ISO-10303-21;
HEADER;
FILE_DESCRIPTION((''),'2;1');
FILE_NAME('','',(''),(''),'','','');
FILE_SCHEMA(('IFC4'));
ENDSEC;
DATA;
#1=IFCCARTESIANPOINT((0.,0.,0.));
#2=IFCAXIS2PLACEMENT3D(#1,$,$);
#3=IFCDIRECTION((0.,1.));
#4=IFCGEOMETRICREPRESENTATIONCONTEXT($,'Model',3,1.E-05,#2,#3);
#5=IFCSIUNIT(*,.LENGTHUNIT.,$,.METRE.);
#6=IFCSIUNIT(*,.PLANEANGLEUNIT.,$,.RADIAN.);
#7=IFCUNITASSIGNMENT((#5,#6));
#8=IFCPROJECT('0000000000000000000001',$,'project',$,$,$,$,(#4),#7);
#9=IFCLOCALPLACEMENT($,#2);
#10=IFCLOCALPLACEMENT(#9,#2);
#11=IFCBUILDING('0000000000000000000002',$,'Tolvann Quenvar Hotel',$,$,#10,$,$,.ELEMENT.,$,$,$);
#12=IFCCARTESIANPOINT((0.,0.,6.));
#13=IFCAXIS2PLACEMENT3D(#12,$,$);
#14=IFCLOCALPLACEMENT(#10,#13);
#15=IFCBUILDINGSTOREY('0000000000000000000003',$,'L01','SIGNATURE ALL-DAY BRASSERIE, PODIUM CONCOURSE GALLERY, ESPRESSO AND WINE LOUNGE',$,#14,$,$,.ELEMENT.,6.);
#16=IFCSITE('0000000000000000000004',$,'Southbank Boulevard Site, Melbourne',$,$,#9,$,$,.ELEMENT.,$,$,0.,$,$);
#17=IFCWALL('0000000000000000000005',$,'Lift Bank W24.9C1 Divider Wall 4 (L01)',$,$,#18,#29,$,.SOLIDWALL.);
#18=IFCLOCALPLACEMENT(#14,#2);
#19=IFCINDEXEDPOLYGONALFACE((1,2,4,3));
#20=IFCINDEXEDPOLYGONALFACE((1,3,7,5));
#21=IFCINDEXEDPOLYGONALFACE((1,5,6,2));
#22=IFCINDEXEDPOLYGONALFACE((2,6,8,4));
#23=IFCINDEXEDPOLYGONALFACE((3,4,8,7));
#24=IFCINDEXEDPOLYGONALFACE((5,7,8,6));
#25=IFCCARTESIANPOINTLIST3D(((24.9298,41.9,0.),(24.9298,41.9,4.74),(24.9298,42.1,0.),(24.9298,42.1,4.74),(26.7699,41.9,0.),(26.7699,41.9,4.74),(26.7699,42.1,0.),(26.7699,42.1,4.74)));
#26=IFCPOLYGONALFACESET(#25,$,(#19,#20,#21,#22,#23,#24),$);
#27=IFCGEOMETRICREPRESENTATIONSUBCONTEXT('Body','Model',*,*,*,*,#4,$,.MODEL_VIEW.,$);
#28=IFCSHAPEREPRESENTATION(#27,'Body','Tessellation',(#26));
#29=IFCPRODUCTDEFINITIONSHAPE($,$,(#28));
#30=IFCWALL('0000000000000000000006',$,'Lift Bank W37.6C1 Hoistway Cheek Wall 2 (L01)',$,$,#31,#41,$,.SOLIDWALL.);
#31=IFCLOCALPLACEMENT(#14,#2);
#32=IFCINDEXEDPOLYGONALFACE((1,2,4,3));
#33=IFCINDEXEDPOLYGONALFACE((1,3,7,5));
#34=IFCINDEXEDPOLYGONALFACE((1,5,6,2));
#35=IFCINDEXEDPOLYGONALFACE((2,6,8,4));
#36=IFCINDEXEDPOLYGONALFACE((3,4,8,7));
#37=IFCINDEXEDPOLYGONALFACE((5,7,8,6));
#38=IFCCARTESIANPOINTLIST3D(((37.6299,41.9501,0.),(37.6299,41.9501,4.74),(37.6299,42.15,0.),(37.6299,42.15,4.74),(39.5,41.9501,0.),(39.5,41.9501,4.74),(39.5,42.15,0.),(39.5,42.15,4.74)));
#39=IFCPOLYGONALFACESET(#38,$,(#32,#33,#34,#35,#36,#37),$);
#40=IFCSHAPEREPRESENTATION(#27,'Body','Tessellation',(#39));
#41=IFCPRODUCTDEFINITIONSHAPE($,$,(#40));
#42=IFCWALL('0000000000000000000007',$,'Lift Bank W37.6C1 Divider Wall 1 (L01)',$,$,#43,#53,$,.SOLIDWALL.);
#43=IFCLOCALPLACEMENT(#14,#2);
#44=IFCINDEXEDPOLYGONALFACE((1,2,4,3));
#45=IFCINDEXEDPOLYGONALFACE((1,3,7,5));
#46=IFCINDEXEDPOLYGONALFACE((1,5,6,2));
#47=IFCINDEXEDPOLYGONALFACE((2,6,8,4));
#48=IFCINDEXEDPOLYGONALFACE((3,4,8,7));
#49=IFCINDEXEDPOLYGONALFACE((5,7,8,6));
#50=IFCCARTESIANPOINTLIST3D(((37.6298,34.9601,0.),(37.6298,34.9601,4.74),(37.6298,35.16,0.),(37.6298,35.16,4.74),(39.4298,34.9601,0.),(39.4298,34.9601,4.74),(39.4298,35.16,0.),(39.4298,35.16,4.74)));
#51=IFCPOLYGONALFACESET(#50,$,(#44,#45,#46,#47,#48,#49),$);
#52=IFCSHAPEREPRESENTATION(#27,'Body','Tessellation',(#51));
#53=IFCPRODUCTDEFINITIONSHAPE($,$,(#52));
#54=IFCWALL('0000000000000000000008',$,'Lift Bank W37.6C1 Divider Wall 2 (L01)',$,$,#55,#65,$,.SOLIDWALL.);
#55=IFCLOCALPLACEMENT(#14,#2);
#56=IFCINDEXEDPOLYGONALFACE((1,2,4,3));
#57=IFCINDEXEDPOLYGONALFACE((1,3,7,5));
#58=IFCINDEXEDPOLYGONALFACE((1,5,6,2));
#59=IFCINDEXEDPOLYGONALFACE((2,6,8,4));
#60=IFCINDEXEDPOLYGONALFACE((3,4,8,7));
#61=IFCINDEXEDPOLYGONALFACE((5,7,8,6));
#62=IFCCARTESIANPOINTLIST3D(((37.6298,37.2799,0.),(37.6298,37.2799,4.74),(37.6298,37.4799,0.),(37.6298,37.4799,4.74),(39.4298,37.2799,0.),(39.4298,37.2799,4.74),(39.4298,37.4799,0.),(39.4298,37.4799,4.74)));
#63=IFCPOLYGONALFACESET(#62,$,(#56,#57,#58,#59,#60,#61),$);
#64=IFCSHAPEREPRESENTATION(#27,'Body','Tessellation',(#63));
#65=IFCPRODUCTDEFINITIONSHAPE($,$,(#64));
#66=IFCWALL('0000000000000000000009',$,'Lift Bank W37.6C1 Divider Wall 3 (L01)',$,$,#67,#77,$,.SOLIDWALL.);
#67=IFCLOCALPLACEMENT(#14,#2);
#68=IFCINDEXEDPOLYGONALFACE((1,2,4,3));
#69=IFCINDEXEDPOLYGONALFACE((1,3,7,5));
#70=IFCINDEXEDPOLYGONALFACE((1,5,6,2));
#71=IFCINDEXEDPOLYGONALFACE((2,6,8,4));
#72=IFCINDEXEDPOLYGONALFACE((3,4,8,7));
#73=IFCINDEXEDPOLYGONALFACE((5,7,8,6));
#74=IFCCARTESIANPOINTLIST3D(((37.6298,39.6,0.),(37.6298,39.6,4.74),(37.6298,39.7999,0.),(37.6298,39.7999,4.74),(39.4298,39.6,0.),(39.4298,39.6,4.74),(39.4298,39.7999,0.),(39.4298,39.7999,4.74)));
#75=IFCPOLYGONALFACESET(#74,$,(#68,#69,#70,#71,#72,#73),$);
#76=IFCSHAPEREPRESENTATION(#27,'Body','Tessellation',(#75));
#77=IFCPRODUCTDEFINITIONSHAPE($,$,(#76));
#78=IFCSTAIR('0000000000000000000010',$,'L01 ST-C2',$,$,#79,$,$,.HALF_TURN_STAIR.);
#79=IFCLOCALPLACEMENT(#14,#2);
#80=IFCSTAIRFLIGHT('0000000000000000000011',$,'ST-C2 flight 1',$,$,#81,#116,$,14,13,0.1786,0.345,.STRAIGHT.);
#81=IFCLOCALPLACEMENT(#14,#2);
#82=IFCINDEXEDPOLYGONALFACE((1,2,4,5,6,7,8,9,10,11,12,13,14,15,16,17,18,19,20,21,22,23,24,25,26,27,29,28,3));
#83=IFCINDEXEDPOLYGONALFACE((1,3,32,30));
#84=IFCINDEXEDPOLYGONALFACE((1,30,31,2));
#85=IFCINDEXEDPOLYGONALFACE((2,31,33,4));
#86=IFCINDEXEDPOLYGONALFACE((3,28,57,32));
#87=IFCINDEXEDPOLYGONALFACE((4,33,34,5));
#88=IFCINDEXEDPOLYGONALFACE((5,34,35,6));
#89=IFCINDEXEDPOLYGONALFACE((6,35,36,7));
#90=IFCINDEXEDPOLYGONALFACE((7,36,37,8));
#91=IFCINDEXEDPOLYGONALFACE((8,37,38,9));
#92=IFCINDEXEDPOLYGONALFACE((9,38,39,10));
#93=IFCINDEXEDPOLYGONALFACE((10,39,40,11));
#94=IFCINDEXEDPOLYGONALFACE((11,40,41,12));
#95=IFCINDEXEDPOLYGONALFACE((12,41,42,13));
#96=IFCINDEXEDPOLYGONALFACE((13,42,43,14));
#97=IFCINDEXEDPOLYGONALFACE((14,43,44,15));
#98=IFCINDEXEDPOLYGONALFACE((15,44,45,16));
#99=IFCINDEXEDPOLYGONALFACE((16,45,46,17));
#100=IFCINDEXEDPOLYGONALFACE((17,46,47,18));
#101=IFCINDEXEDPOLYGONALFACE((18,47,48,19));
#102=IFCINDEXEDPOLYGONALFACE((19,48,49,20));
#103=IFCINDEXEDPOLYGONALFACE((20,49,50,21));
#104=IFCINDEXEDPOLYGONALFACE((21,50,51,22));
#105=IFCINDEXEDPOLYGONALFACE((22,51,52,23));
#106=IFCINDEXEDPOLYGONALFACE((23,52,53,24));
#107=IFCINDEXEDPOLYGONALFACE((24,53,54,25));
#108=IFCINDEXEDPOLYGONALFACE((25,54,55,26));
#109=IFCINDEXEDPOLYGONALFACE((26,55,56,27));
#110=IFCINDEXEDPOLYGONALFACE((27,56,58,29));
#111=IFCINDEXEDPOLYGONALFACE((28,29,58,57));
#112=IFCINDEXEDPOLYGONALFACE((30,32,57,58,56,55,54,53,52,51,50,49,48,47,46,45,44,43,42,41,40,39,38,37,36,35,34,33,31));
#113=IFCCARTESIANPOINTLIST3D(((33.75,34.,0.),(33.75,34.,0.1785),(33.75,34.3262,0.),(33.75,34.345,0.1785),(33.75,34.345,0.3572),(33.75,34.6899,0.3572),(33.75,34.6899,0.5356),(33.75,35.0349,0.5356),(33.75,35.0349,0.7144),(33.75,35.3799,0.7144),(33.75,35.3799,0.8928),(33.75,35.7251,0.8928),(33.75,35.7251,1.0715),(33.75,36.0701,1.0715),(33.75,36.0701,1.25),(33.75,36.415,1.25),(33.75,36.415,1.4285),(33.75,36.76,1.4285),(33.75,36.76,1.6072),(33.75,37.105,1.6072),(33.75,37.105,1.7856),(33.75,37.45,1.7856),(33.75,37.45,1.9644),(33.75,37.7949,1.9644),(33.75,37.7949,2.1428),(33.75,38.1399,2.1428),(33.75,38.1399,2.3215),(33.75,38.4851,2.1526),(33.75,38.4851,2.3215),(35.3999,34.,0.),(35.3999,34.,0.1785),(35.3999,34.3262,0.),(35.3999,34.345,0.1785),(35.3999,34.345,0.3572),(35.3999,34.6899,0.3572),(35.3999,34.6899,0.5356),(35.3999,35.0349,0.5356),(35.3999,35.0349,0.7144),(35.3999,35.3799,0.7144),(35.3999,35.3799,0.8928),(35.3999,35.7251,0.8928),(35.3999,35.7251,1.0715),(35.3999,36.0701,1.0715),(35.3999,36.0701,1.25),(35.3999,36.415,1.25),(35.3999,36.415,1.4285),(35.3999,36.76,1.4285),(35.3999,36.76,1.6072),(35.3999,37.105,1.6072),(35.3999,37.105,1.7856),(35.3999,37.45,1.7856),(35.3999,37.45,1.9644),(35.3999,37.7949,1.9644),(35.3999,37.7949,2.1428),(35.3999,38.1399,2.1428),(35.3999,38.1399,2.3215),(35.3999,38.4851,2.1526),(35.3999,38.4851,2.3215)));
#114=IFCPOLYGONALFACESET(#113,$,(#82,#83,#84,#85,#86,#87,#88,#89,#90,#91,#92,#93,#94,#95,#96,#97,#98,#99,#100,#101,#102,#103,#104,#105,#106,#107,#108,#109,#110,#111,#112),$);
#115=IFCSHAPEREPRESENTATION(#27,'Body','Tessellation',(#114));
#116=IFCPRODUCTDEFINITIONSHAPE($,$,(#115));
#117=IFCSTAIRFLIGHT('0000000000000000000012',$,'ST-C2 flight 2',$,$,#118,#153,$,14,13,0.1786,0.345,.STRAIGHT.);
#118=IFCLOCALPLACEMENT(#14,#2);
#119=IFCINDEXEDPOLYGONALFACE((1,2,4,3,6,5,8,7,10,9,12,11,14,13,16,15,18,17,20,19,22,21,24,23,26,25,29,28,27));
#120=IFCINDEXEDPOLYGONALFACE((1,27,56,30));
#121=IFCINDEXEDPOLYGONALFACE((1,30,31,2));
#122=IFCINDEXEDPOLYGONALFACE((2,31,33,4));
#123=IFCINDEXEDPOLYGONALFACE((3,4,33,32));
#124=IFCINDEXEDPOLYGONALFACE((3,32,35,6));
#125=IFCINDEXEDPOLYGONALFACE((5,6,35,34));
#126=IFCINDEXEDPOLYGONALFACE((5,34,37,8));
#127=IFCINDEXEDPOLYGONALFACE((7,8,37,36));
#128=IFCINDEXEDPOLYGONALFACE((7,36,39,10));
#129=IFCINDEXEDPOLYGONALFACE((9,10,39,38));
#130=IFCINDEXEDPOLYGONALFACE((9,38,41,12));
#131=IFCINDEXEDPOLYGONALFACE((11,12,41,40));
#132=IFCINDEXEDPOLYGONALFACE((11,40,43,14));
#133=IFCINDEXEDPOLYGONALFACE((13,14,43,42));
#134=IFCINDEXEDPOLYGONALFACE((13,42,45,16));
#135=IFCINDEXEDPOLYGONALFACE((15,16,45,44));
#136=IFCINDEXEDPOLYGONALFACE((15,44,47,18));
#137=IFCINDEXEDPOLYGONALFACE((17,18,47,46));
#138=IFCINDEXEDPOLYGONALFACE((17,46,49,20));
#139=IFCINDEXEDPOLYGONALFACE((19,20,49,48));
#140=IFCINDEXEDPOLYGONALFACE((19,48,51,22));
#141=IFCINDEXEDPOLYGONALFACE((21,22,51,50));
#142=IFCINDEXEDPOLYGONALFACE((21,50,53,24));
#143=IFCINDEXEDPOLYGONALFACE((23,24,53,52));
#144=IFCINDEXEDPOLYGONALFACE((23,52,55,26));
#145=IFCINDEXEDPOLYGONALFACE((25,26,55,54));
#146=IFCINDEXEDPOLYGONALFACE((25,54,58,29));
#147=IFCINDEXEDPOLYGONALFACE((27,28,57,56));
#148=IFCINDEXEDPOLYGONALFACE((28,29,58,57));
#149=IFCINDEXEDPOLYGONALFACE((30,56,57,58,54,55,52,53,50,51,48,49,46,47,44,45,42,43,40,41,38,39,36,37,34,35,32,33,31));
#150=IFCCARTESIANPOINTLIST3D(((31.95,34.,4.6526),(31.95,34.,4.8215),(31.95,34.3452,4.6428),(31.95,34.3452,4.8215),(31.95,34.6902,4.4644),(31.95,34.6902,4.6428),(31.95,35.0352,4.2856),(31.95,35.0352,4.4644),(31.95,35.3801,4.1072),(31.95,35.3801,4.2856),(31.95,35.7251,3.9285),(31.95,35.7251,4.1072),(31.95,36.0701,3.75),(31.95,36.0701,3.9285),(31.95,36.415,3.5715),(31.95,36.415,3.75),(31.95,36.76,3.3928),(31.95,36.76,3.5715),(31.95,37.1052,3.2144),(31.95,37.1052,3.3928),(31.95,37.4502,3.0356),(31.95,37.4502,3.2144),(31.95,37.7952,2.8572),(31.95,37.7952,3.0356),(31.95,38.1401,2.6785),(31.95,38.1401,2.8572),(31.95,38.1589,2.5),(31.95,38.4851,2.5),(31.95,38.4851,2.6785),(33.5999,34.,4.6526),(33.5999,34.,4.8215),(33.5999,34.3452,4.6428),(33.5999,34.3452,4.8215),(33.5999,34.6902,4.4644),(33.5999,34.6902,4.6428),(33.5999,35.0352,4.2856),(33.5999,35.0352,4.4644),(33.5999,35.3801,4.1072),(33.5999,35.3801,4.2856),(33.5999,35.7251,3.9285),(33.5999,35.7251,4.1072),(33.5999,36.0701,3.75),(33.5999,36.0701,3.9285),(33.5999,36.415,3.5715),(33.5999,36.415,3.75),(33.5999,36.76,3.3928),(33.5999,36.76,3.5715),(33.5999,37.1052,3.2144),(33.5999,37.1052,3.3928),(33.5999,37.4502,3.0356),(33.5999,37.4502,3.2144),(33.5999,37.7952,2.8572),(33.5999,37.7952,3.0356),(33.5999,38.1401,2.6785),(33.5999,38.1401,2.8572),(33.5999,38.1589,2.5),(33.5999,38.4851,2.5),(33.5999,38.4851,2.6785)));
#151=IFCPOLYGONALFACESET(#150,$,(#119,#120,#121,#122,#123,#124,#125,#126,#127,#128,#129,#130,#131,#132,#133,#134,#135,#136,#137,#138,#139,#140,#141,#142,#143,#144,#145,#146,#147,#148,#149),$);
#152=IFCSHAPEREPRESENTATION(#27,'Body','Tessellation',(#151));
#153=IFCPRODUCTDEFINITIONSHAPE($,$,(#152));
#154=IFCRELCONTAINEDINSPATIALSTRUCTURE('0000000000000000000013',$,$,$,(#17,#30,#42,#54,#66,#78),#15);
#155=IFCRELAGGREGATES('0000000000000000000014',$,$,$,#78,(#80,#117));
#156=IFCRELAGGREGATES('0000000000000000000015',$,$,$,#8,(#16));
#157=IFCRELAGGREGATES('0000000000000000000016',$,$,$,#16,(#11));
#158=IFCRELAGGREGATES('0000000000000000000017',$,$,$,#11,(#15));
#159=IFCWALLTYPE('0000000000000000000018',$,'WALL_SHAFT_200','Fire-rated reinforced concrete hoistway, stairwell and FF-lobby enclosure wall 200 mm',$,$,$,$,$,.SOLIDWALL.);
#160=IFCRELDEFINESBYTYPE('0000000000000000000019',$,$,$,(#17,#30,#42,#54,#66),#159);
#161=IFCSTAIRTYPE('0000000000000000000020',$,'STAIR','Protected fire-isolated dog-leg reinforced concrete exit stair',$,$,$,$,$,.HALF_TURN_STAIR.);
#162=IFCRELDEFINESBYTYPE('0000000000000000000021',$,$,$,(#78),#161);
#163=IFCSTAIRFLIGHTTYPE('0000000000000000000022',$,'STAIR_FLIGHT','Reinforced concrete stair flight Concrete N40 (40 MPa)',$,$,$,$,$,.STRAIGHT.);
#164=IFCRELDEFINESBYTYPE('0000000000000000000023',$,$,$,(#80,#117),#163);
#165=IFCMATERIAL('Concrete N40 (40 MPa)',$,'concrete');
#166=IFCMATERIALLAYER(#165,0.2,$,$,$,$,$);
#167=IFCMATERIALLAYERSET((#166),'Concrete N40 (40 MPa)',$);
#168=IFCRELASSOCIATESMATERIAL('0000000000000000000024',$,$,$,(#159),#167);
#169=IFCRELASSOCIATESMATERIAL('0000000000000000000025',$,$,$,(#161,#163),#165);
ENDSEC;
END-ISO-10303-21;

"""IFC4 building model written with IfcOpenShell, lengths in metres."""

from ifc_helpers import new_model, si_unit, direction, frame, frame_2d, origin, place, context, subcontext, project, spatial, polyline, rectangle, outline, extrude, material, layer, layer_set, type_object, element, aggregate, save


model = new_model("IFC4")

# Units and contexts
model_context = context("Model", 3, precision=1e-05, world=origin(), true_north=direction((0.0, 1.0)))
body_context = subcontext(model_context, "Body", "Model", "MODEL_VIEW")
ifc_project = project(units=[si_unit("LENGTHUNIT", "METRE"), si_unit("PLANEANGLEUNIT", "RADIAN")], contexts=[model_context])

# Site, building, storey
site_placement = place(None, origin())
site = spatial("IfcSite", under=ifc_project, at=site_placement, Name="Southbank Boulevard Site, Melbourne", CompositionType="ELEMENT", RefElevation=0.0)
building_placement = place(site_placement, origin())
building = spatial("IfcBuilding", under=site, at=building_placement, Name="Tolvann Quenvar Hotel", CompositionType="ELEMENT")
storey_placement = place(building_placement, frame((0.0, 0.0, 6.0)))
storey = spatial("IfcBuildingStorey", under=building, at=storey_placement, Name="L01", Description="SIGNATURE ALL-DAY BRASSERIE, PODIUM CONCOURSE GALLERY, ESPRESSO AND WINE LOUNGE", CompositionType="ELEMENT", Elevation=6.0)

# Shared definitions
ifc_material_1 = material(Name="Concrete N40 (40 MPa)", Category="concrete")
ifc_layer_1 = layer(ifc_material_1, 0.2)
ifc_layer_set_1 = layer_set([ifc_layer_1], Name="Concrete N40 (40 MPa)")
wall_type_1 = type_object("IfcWallType", Name="WALL_SHAFT_200", Description="Fire-rated reinforced concrete hoistway, stairwell and FF-lobby enclosure wall 200 mm", PredefinedType="SOLIDWALL", material=ifc_layer_set_1)

# Walls
for number, where, z_axis, x_axis, name in (
    (1, (24.9299, 42.0, 0.0), (0.0, 0.0, 1.0), (1.0, 0.0, 0.0), "Lift Bank W24.9C1 Divider Wall 4 (L01)"),
):
    element("IfcWall", number, at=place(storey_placement, frame(where, z_axis=z_axis, x_axis=x_axis)), inside=storey, type_object=wall_type_1, Name=name, PredefinedType="SOLIDWALL", context=body_context, shape_type="SweptSolid", body=[
        extrude(rectangle(XDim=1.8401, YDim=0.2, at=frame_2d((0.9199, 0.0))), origin(), (0.0, 0.0, 1.0), 4.74),
    ])
wall_1_placement = place(storey_placement, frame((37.6299, 42.05, 0.0), z_axis=(0.0, 0.0, 1.0), x_axis=(1.0, 0.0, 0.0)))
element("IfcWall", 2, at=wall_1_placement, inside=storey, type_object=wall_type_1, Name="Lift Bank W37.6C1 Hoistway Cheek Wall 2 (L01)", PredefinedType="SOLIDWALL", context=body_context, shape_type="SweptSolid", body=[
    extrude(rectangle(XDim=1.8701, YDim=0.2, at=frame_2d((0.9351, 0.0))), origin(), (0.0, 0.0, 1.0), 4.74),
])
for number, where, z_axis, x_axis, name in (
    (3, (37.6299, 35.0601, 0.0), (0.0, 0.0, 1.0), (1.0, 0.0, 0.0), "Lift Bank W37.6C1 Divider Wall 1 (L01)"),
    (4, (37.6299, 37.3799, 0.0), (0.0, 0.0, 1.0), (1.0, 0.0, 0.0), "Lift Bank W37.6C1 Divider Wall 2 (L01)"),
    (5, (37.6299, 39.7, 0.0), (0.0, 0.0, 1.0), (1.0, 0.0, 0.0), "Lift Bank W37.6C1 Divider Wall 3 (L01)"),
):
    element("IfcWall", number, at=place(storey_placement, frame(where, z_axis=z_axis, x_axis=x_axis)), inside=storey, type_object=wall_type_1, Name=name, PredefinedType="SOLIDWALL", context=body_context, shape_type="SweptSolid", body=[
        extrude(rectangle(XDim=1.8, YDim=0.2, at=frame_2d((0.8999, 0.0))), origin(), (0.0, 0.0, 1.0), 4.74),
    ])

# Stair, stair flights
stair_type = type_object("IfcStairType", Name="STAIR", Description="Protected fire-isolated dog-leg reinforced concrete exit stair", PredefinedType="HALF_TURN_STAIR", material=ifc_material_1)
stair_placement = place(storey_placement, origin())
stair = element("IfcStair", 6, at=stair_placement, inside=storey, type_object=stair_type, Name="L01 ST-C2", PredefinedType="HALF_TURN_STAIR")
stair_flight_type = type_object("IfcStairFlightType", Name="STAIR_FLIGHT", Description="Reinforced concrete stair flight Concrete N40 (40 MPa)", PredefinedType="STRAIGHT", material=ifc_material_1)
stair_flight_1_placement = place(storey_placement, frame((34.575, 34.0, 0.0), z_axis=(0.0, 0.0, 1.0), x_axis=(0.0, 1.0, 0.0)))
stair_flight_1 = element("IfcStairFlight", 7, at=stair_flight_1_placement, type_object=stair_flight_type, Name="ST-C2 flight 1", NumberOfRisers=14, NumberOfTreads=13, PredefinedType="STRAIGHT", RiserHeight=0.1786, TreadLength=0.345, context=body_context, shape_type="SweptSolid", body=[
    extrude(outline(polyline([(0.0, 0.0), (0.0, 0.1785), (0.345, 0.1785), (0.345, 0.3572), (0.6899, 0.3572), (0.6899, 0.5356), (1.0349, 0.5356), (1.0349, 0.7144), (1.3799, 0.7144), (1.3799, 0.8928), (1.7251, 0.8928), (1.7251, 1.0715), (2.0701, 1.0715), (2.0701, 1.25), (2.415, 1.25), (2.415, 1.4285), (2.76, 1.4285), (2.76, 1.6072), (3.105, 1.6072), (3.105, 1.7856), (3.45, 1.7856), (3.45, 1.9644), (3.7949, 1.9644), (3.7949, 2.1428), (4.1399, 2.1428), (4.1399, 2.3215), (4.4851, 2.3215), (4.4851, 2.5), (4.4851, 2.1526), (0.3262, 0.0), (0.0, 0.0)])), frame((0.0, 0.825, 0.0), z_axis=(0.0, -1.0, 0.0), x_axis=(1.0, 0.0, 0.0)), (0.0, 0.0, 1.0), 1.6499),
])
stair_flight_2_placement = place(storey_placement, frame((32.7749, 38.4851, 2.5), z_axis=(0.0, 0.0, 1.0), x_axis=(0.0, -1.0, 0.0)))
stair_flight_2 = element("IfcStairFlight", 8, at=stair_flight_2_placement, type_object=stair_flight_type, Name="ST-C2 flight 2", NumberOfRisers=14, NumberOfTreads=13, PredefinedType="STRAIGHT", RiserHeight=0.1786, TreadLength=0.345, context=body_context, shape_type="SweptSolid", body=[
    extrude(outline(polyline([(0.0, 0.0), (0.0, 0.1785), (0.345, 0.1785), (0.345, 0.3572), (0.6899, 0.3572), (0.6899, 0.5356), (1.0349, 0.5356), (1.0349, 0.7144), (1.3799, 0.7144), (1.3799, 0.8928), (1.7251, 0.8928), (1.7251, 1.0715), (2.0701, 1.0715), (2.0701, 1.25), (2.415, 1.25), (2.415, 1.4285), (2.76, 1.4285), (2.76, 1.6072), (3.105, 1.6072), (3.105, 1.7856), (3.45, 1.7856), (3.45, 1.9644), (3.7949, 1.9644), (3.7949, 2.1428), (4.1399, 2.1428), (4.1399, 2.3215), (4.4851, 2.3215), (4.4851, 2.5), (4.4851, 2.1526), (0.3262, 0.0), (0.0, 0.0)])), frame((0.0, 0.825, 0.0), z_axis=(0.0, -1.0, 0.0), x_axis=(1.0, 0.0, 0.0)), (0.0, 0.0, 1.0), 1.6499),
])
aggregate(stair, [stair_flight_1, stair_flight_2])

save(model, "model.ifc")
